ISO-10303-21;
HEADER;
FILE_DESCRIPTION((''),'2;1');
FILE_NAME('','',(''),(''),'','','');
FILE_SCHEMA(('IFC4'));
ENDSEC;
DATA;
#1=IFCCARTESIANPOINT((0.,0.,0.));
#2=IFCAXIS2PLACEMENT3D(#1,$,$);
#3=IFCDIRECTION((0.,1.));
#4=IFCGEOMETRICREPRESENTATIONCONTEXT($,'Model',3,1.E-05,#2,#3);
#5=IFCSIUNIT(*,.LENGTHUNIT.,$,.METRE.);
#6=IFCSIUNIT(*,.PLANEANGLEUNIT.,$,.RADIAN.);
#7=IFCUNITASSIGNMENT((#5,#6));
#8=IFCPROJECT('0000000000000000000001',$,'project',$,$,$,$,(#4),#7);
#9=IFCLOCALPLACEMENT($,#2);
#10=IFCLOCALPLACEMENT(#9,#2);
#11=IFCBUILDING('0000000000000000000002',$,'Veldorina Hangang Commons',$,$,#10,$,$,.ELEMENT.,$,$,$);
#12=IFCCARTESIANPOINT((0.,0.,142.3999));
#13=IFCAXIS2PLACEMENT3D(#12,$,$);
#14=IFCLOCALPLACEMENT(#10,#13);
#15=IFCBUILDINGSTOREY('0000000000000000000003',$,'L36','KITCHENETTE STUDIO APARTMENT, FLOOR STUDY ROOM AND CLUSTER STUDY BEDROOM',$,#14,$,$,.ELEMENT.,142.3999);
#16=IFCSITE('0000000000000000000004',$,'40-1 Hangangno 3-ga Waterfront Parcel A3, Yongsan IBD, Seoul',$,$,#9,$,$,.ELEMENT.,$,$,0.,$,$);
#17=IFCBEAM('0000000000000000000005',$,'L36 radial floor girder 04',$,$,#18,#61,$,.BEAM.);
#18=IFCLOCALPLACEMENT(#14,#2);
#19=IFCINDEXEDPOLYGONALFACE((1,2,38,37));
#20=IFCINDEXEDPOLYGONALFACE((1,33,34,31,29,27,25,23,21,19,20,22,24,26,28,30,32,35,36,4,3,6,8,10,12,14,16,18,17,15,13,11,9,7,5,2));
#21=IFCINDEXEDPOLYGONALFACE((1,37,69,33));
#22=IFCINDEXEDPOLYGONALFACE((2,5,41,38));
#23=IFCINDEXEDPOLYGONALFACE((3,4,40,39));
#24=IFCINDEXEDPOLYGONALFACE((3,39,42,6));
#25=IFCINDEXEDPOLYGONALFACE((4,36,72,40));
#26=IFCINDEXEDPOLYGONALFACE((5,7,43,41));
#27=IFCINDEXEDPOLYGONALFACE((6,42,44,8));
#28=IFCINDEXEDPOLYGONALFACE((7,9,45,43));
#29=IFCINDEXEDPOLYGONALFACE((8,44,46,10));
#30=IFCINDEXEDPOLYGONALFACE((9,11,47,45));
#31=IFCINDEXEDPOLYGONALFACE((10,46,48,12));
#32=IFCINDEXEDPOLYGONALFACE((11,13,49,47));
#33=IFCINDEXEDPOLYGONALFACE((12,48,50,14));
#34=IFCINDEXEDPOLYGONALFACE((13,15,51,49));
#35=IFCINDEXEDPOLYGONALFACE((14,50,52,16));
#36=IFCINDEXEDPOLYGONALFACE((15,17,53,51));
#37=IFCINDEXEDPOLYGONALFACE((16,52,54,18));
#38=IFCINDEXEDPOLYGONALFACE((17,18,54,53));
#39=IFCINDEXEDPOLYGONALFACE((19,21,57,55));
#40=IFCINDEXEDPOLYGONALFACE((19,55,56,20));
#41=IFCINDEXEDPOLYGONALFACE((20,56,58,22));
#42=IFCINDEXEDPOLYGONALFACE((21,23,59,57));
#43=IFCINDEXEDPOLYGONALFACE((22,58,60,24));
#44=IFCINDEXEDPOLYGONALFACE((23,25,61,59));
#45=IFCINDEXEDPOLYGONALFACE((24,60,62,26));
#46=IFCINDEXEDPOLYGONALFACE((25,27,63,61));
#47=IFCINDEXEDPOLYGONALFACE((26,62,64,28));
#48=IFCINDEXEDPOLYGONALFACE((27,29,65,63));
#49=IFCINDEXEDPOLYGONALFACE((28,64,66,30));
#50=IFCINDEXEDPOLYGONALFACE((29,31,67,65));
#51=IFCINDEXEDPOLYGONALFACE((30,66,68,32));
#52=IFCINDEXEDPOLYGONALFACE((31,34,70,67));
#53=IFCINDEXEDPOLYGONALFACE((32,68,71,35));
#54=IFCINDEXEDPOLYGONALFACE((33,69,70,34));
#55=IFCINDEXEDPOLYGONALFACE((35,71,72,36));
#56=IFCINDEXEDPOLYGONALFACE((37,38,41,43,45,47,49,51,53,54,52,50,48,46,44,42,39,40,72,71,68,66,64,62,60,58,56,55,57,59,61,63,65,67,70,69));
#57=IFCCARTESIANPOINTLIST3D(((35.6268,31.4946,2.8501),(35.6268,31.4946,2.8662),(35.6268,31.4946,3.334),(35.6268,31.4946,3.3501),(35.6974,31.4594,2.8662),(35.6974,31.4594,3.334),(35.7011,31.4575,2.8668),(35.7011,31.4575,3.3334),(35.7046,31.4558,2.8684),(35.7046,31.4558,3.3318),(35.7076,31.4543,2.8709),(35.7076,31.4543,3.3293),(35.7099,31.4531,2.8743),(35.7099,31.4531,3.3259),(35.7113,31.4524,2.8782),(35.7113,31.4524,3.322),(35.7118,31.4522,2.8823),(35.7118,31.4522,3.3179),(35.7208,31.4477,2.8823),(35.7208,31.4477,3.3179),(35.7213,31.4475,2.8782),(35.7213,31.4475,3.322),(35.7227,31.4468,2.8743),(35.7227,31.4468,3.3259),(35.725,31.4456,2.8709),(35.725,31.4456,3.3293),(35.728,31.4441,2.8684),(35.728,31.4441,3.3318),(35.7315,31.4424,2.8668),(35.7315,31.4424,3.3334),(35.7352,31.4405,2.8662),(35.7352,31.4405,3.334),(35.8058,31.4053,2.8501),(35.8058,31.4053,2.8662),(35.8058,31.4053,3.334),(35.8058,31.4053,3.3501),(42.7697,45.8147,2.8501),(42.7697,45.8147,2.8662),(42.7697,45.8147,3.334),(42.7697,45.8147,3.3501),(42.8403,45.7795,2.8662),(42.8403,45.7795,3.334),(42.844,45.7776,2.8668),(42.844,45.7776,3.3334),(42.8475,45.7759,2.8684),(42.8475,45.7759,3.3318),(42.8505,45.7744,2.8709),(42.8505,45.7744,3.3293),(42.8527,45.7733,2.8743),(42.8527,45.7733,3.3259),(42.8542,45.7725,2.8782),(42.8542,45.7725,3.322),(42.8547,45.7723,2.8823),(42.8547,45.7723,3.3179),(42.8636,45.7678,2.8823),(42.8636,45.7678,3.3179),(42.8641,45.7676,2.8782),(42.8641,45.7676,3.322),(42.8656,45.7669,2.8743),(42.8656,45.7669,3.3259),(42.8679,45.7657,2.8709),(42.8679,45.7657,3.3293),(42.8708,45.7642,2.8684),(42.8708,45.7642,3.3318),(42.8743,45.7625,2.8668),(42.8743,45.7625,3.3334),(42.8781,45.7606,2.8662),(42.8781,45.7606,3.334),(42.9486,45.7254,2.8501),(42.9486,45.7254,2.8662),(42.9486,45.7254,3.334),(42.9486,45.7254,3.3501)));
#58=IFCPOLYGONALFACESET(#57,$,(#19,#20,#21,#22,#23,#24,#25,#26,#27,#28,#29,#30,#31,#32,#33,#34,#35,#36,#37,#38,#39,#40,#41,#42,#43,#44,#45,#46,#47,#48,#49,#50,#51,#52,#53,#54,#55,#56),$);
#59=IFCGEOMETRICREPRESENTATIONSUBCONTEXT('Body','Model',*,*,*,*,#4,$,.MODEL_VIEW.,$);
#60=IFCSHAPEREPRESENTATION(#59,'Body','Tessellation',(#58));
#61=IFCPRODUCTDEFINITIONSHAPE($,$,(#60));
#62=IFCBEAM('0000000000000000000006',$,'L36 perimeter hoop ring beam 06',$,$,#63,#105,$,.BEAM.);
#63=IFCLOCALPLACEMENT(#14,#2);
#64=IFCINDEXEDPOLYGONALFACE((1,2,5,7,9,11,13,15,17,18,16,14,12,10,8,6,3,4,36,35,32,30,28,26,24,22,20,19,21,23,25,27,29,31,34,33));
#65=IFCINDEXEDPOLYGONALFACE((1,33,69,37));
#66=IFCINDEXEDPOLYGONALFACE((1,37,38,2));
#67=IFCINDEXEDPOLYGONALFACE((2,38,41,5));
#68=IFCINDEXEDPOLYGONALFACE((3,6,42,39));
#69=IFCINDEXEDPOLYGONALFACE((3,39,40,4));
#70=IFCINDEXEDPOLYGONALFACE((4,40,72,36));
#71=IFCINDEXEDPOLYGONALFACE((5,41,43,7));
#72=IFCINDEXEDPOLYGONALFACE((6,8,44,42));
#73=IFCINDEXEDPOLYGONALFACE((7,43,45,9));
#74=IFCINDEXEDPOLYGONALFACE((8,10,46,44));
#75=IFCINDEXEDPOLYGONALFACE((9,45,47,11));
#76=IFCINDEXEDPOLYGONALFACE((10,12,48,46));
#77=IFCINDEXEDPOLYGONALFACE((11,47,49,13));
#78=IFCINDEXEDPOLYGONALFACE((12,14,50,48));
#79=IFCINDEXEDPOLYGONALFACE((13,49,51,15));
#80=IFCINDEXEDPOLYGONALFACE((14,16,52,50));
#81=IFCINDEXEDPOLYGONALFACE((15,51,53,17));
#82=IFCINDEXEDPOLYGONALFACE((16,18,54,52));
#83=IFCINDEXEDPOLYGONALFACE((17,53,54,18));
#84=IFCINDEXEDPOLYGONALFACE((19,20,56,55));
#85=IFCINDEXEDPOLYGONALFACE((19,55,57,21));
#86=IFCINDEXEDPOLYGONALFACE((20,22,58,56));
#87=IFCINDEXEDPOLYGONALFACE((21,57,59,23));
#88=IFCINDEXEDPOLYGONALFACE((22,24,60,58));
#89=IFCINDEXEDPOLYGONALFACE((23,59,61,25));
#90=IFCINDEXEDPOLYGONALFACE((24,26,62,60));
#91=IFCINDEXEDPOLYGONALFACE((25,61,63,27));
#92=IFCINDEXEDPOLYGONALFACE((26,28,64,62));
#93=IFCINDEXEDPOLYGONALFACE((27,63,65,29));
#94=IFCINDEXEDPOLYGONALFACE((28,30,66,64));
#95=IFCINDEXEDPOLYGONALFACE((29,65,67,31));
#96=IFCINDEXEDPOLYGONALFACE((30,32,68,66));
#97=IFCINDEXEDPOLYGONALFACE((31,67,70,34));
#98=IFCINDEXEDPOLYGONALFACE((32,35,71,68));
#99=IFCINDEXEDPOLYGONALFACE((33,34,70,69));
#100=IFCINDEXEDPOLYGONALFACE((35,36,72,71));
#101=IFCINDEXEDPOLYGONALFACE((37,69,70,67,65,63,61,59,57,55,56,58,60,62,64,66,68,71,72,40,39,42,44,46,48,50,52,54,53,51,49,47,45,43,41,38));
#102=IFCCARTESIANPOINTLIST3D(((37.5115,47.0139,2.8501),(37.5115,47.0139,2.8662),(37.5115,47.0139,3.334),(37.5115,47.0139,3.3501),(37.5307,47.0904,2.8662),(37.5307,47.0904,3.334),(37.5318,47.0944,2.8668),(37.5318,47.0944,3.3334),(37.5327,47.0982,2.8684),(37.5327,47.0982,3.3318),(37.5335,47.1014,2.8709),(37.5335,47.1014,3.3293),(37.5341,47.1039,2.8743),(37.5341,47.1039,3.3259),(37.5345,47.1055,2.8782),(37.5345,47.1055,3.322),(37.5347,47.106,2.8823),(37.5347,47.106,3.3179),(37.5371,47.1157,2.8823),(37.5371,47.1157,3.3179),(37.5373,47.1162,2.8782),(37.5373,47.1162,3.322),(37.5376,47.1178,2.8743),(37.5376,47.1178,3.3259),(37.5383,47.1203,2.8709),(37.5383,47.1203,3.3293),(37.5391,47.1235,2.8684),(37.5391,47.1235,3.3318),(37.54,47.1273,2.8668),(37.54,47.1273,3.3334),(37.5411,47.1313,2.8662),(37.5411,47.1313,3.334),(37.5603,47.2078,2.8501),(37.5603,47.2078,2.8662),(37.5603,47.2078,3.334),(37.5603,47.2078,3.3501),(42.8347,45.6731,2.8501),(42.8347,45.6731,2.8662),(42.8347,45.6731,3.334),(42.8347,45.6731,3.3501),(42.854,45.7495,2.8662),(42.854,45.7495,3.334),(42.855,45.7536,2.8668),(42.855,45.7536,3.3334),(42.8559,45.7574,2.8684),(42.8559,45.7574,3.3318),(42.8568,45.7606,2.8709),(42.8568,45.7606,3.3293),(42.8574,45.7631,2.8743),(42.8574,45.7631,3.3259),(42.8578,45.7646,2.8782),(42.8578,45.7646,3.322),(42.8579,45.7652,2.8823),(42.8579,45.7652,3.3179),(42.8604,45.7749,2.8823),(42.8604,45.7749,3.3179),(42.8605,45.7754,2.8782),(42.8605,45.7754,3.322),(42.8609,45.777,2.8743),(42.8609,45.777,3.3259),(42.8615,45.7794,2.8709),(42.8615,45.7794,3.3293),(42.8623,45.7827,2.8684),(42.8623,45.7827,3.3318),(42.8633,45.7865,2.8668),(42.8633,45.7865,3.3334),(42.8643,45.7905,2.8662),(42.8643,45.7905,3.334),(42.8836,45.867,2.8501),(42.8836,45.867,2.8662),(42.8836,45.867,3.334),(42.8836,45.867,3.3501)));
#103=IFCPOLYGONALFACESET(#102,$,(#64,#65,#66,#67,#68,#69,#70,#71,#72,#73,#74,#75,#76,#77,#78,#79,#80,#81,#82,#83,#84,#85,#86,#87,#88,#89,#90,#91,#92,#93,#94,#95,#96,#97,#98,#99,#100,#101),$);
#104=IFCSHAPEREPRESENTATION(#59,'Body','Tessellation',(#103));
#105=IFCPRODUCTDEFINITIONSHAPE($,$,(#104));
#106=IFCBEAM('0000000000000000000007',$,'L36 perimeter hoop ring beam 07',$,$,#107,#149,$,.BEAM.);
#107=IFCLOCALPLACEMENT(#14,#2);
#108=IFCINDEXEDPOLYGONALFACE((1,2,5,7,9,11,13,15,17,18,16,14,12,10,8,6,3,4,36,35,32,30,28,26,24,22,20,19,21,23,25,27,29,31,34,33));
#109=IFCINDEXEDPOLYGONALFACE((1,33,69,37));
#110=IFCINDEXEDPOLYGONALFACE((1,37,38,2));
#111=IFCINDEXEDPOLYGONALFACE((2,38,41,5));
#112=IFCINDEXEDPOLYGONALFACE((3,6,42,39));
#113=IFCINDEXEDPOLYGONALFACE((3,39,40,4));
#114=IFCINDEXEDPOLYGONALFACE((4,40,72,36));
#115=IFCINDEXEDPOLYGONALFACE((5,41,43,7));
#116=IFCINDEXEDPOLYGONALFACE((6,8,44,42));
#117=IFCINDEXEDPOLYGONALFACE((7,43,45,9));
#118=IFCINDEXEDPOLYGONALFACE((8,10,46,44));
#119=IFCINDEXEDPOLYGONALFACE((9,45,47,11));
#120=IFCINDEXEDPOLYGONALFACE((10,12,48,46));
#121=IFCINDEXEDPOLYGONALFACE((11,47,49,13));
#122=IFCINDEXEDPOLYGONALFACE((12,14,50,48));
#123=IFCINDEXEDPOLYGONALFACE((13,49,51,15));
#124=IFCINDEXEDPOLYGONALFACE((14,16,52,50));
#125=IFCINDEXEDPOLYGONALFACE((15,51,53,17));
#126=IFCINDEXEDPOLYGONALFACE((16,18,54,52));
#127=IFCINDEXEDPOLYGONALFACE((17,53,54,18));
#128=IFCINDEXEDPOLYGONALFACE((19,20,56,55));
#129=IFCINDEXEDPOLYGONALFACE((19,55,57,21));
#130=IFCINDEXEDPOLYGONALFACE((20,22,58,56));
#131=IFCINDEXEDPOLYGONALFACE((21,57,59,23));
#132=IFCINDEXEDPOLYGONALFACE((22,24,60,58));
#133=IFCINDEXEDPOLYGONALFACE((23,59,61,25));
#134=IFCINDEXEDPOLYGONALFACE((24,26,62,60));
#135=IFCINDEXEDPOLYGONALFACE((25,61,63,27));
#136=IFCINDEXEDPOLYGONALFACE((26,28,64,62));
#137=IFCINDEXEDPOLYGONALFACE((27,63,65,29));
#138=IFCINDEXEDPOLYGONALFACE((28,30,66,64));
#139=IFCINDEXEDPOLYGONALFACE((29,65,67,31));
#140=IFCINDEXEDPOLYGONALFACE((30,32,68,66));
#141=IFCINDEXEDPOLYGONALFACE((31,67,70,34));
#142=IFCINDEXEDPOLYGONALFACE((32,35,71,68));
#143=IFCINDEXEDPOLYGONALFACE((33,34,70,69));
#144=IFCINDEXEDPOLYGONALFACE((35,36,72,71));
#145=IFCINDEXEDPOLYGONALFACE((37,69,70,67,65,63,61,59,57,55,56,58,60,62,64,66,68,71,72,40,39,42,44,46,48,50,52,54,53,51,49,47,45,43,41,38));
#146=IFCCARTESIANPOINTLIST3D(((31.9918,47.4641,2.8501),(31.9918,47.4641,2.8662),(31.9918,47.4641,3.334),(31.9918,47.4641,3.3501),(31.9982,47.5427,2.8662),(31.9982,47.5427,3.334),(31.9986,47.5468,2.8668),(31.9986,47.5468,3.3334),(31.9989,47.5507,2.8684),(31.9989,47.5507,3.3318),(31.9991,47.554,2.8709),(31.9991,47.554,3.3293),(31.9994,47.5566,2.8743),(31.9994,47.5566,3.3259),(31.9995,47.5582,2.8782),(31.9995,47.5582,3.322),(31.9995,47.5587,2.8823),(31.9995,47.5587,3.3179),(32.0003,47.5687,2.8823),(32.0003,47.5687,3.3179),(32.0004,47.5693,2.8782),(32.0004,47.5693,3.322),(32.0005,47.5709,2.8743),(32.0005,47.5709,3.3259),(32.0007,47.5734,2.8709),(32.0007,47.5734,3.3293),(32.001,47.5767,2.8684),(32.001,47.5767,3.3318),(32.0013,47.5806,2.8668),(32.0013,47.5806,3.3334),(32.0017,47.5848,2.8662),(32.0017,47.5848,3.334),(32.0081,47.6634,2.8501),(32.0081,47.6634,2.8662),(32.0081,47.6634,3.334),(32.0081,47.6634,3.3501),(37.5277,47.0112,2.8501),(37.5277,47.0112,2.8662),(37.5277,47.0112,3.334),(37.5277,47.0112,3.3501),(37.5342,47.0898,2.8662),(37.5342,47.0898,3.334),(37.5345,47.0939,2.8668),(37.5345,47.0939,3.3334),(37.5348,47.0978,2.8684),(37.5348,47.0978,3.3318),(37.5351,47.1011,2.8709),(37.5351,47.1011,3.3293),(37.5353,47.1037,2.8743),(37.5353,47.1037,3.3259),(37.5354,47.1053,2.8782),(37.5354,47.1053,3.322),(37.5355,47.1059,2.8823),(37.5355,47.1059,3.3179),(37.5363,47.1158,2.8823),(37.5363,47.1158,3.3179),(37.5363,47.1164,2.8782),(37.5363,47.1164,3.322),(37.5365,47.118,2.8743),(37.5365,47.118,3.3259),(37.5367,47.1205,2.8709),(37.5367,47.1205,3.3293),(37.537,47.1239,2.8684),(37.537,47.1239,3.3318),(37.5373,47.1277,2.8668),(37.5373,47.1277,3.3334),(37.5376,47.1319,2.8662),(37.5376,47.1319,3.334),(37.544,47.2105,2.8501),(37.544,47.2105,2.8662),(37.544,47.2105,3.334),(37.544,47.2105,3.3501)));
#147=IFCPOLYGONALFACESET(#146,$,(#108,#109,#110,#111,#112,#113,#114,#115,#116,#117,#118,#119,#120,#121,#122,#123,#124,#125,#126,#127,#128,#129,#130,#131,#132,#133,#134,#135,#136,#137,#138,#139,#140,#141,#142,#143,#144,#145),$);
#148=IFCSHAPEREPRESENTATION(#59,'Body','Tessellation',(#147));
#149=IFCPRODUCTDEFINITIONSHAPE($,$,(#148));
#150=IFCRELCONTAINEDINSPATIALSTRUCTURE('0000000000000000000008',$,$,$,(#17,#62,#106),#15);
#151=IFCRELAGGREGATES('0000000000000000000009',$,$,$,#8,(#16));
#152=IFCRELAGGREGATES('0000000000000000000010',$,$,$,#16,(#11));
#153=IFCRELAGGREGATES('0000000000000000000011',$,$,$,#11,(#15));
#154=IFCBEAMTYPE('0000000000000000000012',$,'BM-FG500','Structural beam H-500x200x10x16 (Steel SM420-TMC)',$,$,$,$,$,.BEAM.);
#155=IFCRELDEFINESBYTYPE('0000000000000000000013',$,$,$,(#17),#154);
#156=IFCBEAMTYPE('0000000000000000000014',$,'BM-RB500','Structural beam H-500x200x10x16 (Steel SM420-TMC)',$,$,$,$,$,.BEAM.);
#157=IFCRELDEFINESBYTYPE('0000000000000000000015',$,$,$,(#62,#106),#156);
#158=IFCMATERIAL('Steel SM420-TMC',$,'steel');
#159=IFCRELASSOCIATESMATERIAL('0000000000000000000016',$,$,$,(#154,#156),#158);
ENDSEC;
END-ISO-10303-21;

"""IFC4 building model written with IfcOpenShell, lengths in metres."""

from ifc_helpers import new_model, si_unit, direction, frame, origin, origin_2d, place, context, subcontext, project, spatial, i_section, extrude, material, material_profile, profile_set, type_object, element, save


model = new_model("IFC4")

# Units and contexts
model_context = context("Model", 3, precision=1e-05, world=origin(), true_north=direction((0.0, 1.0)))
body_context = subcontext(model_context, "Body", "Model", "MODEL_VIEW")
ifc_project = project(units=[si_unit("LENGTHUNIT", "METRE"), si_unit("PLANEANGLEUNIT", "RADIAN")], contexts=[model_context])

# Site, building, storey
site_placement = place(None, origin())
site = spatial("IfcSite", under=ifc_project, at=site_placement, Name="40-1 Hangangno 3-ga Waterfront Parcel A3, Yongsan IBD, Seoul", CompositionType="ELEMENT", RefElevation=0.0)
building_placement = place(site_placement, origin())
building = spatial("IfcBuilding", under=site, at=building_placement, Name="Veldorina Hangang Commons", CompositionType="ELEMENT")
storey_placement = place(building_placement, frame((0.0, 0.0, 142.3999)))
storey = spatial("IfcBuildingStorey", under=building, at=storey_placement, Name="L36", Description="KITCHENETTE STUDIO APARTMENT, FLOOR STUDY ROOM AND CLUSTER STUDY BEDROOM", CompositionType="ELEMENT", Elevation=142.3999)

# Beams
ifc_material_1 = material(Name="Steel SM420-TMC", Category="steel")
ifc_material_profile_1 = material_profile(ifc_material_1, i_section(OverallWidth=0.2, OverallDepth=0.5, WebThickness=0.01, FlangeThickness=0.0161, FilletRadius=0.0161, at=origin_2d()), Name="H-500x200x10x16")
ifc_profile_set_1 = profile_set([ifc_material_profile_1], Name="Steel SM420-TMC")
beam_type_1 = type_object("IfcBeamType", Name="BM-FG500", Description="Structural beam H-500x200x10x16 (Steel SM420-TMC)", PredefinedType="BEAM", material=ifc_profile_set_1)
beam_1_placement = place(storey_placement, frame((35.7163, 31.45, 3.1001), z_axis=(0.446353, 0.894857, 0.0), x_axis=(-0.894857, 0.446353, 0.0)))
element("IfcBeam", 1, at=beam_1_placement, inside=storey, type_object=beam_type_1, Name="L36 radial floor girder 04", PredefinedType="BEAM", context=body_context, shape_type="SweptSolid", body=[
    extrude(i_section(OverallWidth=0.2, OverallDepth=0.5, WebThickness=0.01, FlangeThickness=0.0161, FilletRadius=0.0161, at=origin_2d()), origin(), (0.0, 0.0, 1.0), 16.0027),
])
ifc_material_profile_2 = material_profile(ifc_material_1, i_section(OverallWidth=0.2, OverallDepth=0.5, WebThickness=0.01, FlangeThickness=0.0161, FilletRadius=0.0161, at=origin_2d()), Name="H-500x200x10x16")
ifc_profile_set_2 = profile_set([ifc_material_profile_2], Name="Steel SM420-TMC")
beam_type_2 = type_object("IfcBeamType", Name="BM-RB500", Description="Structural beam H-500x200x10x16 (Steel SM420-TMC)", PredefinedType="BEAM", material=ifc_profile_set_2)
beam_2_placement = place(storey_placement, frame((42.8591, 45.77, 3.1001), z_axis=(-0.969712, 0.244251, 0.0), x_axis=(-0.244251, -0.969712, 0.0)))
element("IfcBeam", 2, at=beam_2_placement, inside=storey, type_object=beam_type_2, Name="L36 perimeter hoop ring beam 06", PredefinedType="BEAM", context=body_context, shape_type="SweptSolid", body=[
    extrude(i_section(OverallWidth=0.2, OverallDepth=0.5, WebThickness=0.01, FlangeThickness=0.0161, FilletRadius=0.0161, at=origin_2d()), origin(), (0.0, 0.0, 1.0), 5.4895),
])
beam_3_placement = place(storey_placement, frame((37.5359, 47.1108, 3.1001), z_axis=(-0.99667, 0.081536, 0.0), x_axis=(-0.081536, -0.99667, 0.0)))
element("IfcBeam", 3, at=beam_3_placement, inside=storey, type_object=beam_type_2, Name="L36 perimeter hoop ring beam 07", PredefinedType="BEAM", context=body_context, shape_type="SweptSolid", body=[
    extrude(i_section(OverallWidth=0.2, OverallDepth=0.5, WebThickness=0.01, FlangeThickness=0.0161, FilletRadius=0.0161, at=origin_2d()), origin(), (0.0, 0.0, 1.0), 5.5544),
])

save(model, "model.ifc")
